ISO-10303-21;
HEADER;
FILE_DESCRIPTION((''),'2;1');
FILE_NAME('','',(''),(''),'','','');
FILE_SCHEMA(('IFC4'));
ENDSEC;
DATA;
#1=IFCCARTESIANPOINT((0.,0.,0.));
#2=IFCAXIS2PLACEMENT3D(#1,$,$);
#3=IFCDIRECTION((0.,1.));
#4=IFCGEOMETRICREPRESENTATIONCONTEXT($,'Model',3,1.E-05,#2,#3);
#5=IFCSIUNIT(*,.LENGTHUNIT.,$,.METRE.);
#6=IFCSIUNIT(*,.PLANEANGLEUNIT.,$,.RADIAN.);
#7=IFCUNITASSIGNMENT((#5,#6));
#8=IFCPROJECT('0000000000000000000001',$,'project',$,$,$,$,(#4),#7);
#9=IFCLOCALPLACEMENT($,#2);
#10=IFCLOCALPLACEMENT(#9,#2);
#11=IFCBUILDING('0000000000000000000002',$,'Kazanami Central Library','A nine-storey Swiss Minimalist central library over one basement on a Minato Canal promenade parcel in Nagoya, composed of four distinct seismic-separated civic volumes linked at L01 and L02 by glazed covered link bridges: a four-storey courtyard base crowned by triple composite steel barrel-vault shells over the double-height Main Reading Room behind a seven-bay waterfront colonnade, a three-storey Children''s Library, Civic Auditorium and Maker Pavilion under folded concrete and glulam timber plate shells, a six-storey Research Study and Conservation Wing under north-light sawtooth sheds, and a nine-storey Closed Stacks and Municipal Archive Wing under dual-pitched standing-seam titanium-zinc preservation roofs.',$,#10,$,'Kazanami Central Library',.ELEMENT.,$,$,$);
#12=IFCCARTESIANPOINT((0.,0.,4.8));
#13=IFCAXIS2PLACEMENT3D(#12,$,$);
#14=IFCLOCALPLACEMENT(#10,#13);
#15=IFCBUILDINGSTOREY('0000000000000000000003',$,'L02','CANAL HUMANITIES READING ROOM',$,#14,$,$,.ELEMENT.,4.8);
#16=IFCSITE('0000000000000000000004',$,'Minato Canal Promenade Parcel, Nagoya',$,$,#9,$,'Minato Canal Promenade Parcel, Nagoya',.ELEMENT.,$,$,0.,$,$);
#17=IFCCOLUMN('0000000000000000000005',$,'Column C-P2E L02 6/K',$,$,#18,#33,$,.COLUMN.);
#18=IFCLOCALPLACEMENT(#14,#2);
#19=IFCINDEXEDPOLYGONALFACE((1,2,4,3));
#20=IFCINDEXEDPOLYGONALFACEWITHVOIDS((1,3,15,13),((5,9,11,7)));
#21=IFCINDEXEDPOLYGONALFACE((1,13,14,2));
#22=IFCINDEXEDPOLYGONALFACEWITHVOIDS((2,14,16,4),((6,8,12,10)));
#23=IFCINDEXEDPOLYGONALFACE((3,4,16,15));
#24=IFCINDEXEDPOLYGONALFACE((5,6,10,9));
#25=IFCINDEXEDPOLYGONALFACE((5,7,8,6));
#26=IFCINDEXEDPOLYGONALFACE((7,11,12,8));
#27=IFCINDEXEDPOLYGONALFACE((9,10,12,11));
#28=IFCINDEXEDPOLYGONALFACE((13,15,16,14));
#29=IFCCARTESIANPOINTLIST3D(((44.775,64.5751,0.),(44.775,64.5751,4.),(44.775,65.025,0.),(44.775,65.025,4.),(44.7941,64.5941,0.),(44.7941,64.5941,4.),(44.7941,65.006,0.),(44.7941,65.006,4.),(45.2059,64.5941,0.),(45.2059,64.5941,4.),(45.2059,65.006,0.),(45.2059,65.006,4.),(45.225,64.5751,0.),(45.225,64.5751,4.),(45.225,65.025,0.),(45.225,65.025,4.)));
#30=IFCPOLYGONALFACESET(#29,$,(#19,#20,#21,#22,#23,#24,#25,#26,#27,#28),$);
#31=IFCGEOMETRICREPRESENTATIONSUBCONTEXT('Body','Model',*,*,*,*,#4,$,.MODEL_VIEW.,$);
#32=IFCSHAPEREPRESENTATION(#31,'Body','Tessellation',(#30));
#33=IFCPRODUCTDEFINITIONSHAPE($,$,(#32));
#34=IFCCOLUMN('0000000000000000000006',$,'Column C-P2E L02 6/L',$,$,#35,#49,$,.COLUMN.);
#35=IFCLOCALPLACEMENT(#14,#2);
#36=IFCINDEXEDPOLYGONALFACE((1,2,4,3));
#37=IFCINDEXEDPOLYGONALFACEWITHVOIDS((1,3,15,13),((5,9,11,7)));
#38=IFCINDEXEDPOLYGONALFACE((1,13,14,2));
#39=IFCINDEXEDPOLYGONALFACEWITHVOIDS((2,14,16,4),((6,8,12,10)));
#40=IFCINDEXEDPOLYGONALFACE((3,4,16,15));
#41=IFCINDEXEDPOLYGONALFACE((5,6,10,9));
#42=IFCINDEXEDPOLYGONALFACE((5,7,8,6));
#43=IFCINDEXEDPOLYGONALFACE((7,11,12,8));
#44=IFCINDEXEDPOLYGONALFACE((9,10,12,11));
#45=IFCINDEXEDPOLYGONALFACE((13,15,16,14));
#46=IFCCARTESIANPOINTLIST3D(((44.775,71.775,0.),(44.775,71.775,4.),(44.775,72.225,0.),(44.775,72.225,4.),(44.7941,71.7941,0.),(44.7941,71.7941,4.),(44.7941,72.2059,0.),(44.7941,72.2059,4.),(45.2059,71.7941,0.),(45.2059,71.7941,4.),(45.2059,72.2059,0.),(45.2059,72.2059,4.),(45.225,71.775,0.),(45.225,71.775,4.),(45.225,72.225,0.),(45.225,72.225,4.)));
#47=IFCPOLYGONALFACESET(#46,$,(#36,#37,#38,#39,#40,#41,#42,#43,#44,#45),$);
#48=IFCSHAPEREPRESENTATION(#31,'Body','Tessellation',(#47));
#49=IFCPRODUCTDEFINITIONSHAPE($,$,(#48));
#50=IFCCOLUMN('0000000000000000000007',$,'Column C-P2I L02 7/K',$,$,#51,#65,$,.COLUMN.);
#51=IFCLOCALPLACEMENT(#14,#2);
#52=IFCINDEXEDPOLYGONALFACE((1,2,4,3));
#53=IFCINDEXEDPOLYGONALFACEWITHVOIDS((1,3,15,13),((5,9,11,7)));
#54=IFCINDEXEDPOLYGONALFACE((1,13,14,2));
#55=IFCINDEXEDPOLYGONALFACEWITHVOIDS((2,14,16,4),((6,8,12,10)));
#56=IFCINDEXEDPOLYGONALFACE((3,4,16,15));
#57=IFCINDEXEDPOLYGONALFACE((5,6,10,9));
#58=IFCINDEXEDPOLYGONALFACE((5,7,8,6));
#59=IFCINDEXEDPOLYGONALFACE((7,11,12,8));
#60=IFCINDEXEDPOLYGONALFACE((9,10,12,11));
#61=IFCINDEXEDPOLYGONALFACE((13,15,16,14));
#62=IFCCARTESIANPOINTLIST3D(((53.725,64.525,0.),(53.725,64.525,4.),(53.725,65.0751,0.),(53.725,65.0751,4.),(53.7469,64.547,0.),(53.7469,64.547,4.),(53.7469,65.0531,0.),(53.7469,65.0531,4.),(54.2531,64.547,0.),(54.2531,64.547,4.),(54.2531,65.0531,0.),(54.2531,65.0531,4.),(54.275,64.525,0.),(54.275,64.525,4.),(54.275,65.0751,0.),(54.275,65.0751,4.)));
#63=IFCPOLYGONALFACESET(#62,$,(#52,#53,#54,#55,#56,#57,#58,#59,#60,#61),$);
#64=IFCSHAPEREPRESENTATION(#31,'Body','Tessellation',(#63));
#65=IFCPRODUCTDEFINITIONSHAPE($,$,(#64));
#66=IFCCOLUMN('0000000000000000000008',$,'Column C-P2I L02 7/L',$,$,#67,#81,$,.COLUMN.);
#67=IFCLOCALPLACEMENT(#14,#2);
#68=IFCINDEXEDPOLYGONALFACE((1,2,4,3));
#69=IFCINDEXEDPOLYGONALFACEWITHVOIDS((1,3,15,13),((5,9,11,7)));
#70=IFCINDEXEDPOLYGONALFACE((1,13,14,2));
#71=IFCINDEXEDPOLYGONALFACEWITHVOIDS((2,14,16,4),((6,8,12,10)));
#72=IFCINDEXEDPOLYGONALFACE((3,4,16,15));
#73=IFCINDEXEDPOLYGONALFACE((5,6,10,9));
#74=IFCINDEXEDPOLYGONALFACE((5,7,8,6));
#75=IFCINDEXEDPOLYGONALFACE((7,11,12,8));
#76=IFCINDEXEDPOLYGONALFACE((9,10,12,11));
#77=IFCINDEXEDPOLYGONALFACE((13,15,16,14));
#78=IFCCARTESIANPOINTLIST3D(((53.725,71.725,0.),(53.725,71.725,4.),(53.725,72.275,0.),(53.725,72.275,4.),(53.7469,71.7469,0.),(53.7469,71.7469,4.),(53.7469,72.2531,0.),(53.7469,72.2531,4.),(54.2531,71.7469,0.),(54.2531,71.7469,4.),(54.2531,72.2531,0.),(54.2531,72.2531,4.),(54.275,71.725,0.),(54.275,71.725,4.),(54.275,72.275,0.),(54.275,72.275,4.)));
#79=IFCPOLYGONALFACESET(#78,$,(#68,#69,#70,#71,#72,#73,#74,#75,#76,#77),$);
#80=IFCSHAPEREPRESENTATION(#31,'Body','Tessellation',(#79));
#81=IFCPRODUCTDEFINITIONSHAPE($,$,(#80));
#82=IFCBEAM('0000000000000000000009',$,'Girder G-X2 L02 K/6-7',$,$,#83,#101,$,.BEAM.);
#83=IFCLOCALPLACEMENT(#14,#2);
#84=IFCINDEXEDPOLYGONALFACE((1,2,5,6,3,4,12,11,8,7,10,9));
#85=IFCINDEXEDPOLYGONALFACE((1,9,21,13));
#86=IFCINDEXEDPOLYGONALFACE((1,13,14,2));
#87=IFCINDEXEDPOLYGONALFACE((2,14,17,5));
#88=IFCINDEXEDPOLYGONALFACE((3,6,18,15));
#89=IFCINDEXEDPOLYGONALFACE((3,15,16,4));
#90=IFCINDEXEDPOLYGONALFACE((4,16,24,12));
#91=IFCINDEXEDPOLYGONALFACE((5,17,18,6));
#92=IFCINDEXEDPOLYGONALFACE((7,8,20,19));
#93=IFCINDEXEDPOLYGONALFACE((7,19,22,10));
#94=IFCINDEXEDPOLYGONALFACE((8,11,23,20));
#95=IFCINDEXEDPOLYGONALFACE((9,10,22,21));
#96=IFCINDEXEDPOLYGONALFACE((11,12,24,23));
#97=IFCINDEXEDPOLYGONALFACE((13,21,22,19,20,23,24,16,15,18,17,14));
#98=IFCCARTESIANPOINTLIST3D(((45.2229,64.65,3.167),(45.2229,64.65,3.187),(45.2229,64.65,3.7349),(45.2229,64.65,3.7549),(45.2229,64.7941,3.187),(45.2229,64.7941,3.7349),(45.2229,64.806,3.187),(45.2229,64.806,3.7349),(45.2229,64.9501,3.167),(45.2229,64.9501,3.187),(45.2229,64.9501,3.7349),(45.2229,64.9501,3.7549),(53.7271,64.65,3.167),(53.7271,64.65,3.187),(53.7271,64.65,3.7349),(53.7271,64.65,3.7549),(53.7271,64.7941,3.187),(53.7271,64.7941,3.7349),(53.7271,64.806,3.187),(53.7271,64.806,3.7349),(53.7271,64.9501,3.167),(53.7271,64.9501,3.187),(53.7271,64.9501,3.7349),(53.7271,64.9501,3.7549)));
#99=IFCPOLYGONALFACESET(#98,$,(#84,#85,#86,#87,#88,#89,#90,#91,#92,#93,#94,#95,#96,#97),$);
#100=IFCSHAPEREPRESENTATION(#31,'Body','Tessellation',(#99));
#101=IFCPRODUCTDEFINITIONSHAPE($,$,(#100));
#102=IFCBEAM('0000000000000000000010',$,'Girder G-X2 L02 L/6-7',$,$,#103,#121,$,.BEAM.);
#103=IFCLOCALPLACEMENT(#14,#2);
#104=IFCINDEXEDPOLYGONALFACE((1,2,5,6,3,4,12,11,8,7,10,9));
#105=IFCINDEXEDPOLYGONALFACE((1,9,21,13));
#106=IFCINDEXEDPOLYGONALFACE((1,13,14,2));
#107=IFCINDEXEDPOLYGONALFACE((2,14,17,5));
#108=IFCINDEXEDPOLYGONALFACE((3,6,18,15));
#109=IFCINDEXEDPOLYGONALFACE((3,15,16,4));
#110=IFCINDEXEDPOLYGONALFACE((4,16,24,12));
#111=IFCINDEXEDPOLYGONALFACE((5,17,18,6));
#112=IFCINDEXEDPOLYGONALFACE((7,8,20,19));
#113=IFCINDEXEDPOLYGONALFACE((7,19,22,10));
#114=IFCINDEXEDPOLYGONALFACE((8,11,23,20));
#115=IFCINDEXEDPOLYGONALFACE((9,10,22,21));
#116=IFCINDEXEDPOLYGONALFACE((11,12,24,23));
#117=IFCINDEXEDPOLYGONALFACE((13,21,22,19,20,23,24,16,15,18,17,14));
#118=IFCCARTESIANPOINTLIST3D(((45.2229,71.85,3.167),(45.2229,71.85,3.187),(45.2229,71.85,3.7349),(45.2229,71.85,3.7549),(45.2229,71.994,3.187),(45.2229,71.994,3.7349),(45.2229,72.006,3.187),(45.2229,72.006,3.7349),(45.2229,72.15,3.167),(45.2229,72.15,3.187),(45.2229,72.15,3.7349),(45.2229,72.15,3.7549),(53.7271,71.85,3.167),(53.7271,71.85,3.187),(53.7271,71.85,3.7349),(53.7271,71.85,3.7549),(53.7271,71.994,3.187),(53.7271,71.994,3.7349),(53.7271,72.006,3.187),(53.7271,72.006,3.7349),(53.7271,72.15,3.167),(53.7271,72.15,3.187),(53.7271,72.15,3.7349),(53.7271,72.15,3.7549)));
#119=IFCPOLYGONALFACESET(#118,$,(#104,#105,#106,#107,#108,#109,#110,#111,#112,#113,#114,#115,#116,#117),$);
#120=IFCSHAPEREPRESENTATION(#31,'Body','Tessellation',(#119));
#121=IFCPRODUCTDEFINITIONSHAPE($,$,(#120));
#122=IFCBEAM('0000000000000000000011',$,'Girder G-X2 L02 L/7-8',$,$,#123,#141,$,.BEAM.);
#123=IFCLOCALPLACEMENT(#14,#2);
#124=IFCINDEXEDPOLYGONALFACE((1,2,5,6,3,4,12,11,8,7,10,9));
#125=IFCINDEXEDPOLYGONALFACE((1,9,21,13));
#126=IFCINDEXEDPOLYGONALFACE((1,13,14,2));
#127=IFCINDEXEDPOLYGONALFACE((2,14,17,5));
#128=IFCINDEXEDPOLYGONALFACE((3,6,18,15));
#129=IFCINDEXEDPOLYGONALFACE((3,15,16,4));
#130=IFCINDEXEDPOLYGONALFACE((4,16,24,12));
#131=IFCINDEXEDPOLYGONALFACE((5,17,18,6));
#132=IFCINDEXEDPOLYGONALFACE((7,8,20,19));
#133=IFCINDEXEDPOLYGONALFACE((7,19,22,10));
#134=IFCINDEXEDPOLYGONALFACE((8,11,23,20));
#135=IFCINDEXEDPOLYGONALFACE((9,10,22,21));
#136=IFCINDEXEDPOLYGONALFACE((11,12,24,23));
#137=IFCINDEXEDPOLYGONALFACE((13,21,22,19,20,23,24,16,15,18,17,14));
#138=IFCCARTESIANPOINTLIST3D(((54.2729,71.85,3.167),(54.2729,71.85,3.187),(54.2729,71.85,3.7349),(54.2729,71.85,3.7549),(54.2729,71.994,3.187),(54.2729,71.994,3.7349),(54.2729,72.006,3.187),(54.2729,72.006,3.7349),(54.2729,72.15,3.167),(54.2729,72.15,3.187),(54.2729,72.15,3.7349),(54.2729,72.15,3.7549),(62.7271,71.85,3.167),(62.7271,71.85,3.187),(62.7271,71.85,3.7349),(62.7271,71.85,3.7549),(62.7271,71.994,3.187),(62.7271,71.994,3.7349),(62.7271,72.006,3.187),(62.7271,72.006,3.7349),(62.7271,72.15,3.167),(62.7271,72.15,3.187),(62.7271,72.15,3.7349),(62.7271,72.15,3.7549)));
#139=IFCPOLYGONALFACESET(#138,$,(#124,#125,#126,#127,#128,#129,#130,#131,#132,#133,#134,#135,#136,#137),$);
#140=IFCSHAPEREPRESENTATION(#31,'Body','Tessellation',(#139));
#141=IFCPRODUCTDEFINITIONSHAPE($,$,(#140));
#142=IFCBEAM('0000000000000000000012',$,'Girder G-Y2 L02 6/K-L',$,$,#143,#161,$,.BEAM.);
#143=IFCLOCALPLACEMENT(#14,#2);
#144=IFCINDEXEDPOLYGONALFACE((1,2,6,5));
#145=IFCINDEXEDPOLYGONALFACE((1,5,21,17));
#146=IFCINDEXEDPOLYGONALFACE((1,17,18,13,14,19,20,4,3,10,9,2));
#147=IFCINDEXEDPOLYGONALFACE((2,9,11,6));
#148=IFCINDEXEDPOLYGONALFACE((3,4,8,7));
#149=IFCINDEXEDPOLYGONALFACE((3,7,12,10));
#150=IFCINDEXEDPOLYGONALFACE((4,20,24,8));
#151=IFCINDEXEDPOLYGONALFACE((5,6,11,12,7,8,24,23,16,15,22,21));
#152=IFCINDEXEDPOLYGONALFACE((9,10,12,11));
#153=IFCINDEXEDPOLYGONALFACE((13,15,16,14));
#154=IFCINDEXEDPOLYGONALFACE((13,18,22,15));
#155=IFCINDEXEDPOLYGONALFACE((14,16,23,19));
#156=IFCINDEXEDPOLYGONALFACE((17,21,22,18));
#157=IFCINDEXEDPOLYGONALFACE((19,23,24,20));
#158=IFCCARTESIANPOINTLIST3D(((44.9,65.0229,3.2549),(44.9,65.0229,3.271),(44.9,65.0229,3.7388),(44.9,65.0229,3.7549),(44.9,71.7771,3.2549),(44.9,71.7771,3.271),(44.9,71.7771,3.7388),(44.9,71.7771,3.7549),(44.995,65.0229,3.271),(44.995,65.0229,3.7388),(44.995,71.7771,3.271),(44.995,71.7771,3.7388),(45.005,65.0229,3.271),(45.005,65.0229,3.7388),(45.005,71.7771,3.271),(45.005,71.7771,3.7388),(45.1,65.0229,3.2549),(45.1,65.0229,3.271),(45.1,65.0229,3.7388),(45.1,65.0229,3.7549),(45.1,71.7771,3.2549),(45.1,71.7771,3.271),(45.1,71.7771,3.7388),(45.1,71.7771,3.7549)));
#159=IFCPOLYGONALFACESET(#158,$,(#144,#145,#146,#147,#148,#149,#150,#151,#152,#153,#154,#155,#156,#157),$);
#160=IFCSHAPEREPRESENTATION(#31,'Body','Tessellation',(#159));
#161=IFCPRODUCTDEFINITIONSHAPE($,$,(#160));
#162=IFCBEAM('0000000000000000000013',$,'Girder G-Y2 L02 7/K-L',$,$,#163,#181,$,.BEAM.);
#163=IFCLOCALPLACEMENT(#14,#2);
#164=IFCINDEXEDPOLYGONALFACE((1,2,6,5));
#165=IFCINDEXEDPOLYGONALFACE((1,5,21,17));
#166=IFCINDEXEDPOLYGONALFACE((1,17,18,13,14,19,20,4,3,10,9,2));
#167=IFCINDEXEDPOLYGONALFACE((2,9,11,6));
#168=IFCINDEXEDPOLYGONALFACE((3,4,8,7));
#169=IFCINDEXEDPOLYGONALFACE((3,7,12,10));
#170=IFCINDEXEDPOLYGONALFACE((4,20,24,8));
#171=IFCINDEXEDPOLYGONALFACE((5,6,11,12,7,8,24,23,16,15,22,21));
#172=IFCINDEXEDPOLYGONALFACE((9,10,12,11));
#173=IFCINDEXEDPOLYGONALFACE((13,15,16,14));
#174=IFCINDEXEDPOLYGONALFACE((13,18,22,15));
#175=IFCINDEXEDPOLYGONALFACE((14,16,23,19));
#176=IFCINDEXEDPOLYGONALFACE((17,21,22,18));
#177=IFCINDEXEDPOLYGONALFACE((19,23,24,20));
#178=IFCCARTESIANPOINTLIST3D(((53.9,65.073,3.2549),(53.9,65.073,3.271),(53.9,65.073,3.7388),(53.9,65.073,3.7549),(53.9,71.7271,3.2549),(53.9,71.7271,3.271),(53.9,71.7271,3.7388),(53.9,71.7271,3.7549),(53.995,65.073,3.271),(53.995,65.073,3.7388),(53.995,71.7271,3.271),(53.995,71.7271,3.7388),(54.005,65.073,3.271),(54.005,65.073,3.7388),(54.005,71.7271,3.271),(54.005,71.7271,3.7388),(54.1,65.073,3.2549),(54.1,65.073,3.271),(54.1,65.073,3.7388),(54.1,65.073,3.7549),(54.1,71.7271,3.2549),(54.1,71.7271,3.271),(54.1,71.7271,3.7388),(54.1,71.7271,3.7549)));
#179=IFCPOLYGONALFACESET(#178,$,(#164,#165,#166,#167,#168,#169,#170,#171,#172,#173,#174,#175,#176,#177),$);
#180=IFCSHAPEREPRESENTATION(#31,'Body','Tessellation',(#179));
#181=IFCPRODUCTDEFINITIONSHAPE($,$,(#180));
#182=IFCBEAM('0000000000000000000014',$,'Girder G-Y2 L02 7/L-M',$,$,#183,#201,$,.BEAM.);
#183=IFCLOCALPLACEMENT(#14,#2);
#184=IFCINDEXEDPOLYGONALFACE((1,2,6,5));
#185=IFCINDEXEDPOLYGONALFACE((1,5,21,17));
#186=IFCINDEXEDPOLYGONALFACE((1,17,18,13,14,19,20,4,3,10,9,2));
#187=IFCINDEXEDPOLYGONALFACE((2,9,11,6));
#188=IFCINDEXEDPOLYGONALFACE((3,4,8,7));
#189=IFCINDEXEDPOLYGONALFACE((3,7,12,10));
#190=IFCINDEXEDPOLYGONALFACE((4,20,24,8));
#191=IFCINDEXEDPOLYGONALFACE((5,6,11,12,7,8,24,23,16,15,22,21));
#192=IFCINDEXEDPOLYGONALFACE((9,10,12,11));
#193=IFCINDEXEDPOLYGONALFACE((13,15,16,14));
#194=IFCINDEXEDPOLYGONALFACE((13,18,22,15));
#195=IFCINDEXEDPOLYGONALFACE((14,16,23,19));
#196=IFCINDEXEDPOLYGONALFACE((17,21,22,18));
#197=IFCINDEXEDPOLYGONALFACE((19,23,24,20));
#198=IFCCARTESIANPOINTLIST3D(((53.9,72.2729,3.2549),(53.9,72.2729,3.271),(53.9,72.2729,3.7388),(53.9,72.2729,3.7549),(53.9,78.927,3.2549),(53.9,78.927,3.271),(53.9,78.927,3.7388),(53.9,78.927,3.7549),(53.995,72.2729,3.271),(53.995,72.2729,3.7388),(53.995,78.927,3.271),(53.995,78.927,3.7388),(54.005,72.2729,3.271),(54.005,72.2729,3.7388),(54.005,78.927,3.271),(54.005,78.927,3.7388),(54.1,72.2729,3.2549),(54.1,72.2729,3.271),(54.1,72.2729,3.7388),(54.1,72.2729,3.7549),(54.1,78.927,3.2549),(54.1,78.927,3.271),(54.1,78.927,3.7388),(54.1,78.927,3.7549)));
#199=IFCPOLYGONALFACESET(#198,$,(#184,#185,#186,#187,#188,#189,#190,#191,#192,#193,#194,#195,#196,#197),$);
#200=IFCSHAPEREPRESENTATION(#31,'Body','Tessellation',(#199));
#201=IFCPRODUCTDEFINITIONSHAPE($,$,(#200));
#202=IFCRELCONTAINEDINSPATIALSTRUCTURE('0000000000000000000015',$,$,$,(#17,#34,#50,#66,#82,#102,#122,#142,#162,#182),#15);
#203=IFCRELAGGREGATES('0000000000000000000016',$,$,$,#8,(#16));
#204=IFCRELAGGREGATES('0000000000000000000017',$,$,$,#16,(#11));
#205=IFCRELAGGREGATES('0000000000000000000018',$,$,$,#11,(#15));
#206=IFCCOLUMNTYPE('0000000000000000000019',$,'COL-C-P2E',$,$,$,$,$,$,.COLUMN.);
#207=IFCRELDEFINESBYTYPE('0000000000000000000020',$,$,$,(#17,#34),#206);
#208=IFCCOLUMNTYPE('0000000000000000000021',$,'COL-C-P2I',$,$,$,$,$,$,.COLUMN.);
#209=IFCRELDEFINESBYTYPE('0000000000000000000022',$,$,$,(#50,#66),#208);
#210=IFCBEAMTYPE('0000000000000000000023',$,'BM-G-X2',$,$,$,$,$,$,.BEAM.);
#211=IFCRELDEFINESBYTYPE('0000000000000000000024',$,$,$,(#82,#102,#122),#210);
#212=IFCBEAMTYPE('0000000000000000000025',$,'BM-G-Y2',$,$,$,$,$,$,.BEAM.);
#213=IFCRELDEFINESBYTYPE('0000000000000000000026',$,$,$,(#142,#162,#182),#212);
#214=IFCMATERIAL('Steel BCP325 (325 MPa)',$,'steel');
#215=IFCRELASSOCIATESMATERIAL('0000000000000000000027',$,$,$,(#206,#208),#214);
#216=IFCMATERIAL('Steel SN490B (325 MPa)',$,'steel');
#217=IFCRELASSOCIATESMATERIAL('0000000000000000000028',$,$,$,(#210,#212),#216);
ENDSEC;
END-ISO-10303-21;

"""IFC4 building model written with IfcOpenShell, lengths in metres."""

from ifc_helpers import new_model, si_unit, direction, frame, origin, origin_2d, place, context, subcontext, project, spatial, hollow_rectangle, i_section, extrude, material, material_profile, profile_set, type_object, element, save


model = new_model("IFC4")

# Units and contexts
model_context = context("Model", 3, precision=1e-05, world=origin(), true_north=direction((0.0, 1.0)))
body_context = subcontext(model_context, "Body", "Model", "MODEL_VIEW")
ifc_project = project(units=[si_unit("LENGTHUNIT", "METRE"), si_unit("PLANEANGLEUNIT", "RADIAN")], contexts=[model_context])

# Site, building, storey
site_placement = place(None, origin())
site = spatial("IfcSite", under=ifc_project, at=site_placement, Name="Minato Canal Promenade Parcel, Nagoya", LongName="Minato Canal Promenade Parcel, Nagoya", CompositionType="ELEMENT", RefElevation=0.0)
building_placement = place(site_placement, origin())
building = spatial("IfcBuilding", under=site, at=building_placement, Name="Kazanami Central Library", Description="A nine-storey Swiss Minimalist central library over one basement on a Minato Canal promenade parcel in Nagoya, composed of four distinct seismic-separated civic volumes linked at L01 and L02 by glazed covered link bridges: a four-storey courtyard base crowned by triple composite steel barrel-vault shells over the double-height Main Reading Room behind a seven-bay waterfront colonnade, a three-storey Children's Library, Civic Auditorium and Maker Pavilion under folded concrete and glulam timber plate shells, a six-storey Research Study and Conservation Wing under north-light sawtooth sheds, and a nine-storey Closed Stacks and Municipal Archive Wing under dual-pitched standing-seam titanium-zinc preservation roofs.", LongName="Kazanami Central Library", CompositionType="ELEMENT")
storey_placement = place(building_placement, frame((0.0, 0.0, 4.8)))
storey = spatial("IfcBuildingStorey", under=building, at=storey_placement, Name="L02", Description="CANAL HUMANITIES READING ROOM", CompositionType="ELEMENT", Elevation=4.8)

# Columns
ifc_material_1 = material(Name="Steel BCP325 (325 MPa)", Category="steel")
ifc_material_profile_1 = material_profile(ifc_material_1, hollow_rectangle(XDim=0.45, YDim=0.45, WallThickness=0.019, at=origin_2d()), Name="BCP-450x450x19")
ifc_profile_set_1 = profile_set([ifc_material_profile_1], Name="Steel BCP325 (325 MPa)")
column_type_1 = type_object("IfcColumnType", Name="COL-C-P2E", PredefinedType="COLUMN", material=ifc_profile_set_1)
for number, where, z_axis, x_axis, name in (
    (1, (45.0, 64.8, 0.0), (0.0, 0.0, 1.0), (1.0, 0.0, 0.0), "Column C-P2E L02 6/K"),
    (2, (45.0, 72.0, 0.0), (0.0, 0.0, 1.0), (1.0, 0.0, 0.0), "Column C-P2E L02 6/L"),
):
    element("IfcColumn", number, at=place(storey_placement, frame(where, z_axis=z_axis, x_axis=x_axis)), inside=storey, type_object=column_type_1, Name=name, PredefinedType="COLUMN", context=body_context, shape_type="SweptSolid", body=[
        extrude(hollow_rectangle(XDim=0.45, YDim=0.45, WallThickness=0.019, at=origin_2d()), origin(), (0.0, 0.0, 1.0), 4.0),
    ])
ifc_material_profile_2 = material_profile(ifc_material_1, hollow_rectangle(XDim=0.55, YDim=0.55, WallThickness=0.022, at=origin_2d()), Name="BCP-550x550x22")
ifc_profile_set_2 = profile_set([ifc_material_profile_2], Name="Steel BCP325 (325 MPa)")
column_type_2 = type_object("IfcColumnType", Name="COL-C-P2I", PredefinedType="COLUMN", material=ifc_profile_set_2)
for number, where, z_axis, x_axis, name in (
    (3, (54.0, 64.8, 0.0), (0.0, 0.0, 1.0), (1.0, 0.0, 0.0), "Column C-P2I L02 7/K"),
    (4, (54.0, 72.0, 0.0), (0.0, 0.0, 1.0), (1.0, 0.0, 0.0), "Column C-P2I L02 7/L"),
):
    element("IfcColumn", number, at=place(storey_placement, frame(where, z_axis=z_axis, x_axis=x_axis)), inside=storey, type_object=column_type_2, Name=name, PredefinedType="COLUMN", context=body_context, shape_type="SweptSolid", body=[
        extrude(hollow_rectangle(XDim=0.55, YDim=0.55, WallThickness=0.022, at=origin_2d()), origin(), (0.0, 0.0, 1.0), 4.0),
    ])

# Beams
ifc_material_2 = material(Name="Steel SN490B (325 MPa)", Category="steel")
ifc_material_profile_3 = material_profile(ifc_material_2, i_section(OverallWidth=0.3, OverallDepth=0.5879, WebThickness=0.012, FlangeThickness=0.02, at=origin_2d()), Name="H-588x300x12x20")
ifc_profile_set_3 = profile_set([ifc_material_profile_3], Name="Steel SN490B (325 MPa)")
beam_type_1 = type_object("IfcBeamType", Name="BM-G-X2", PredefinedType="BEAM", material=ifc_profile_set_3)
for number, where, z_axis, x_axis, name in (
    (5, (45.2229, 64.8, 3.4609), (1.0, 0.0, 0.0), (0.0, 1.0, 0.0), "Girder G-X2 L02 K/6-7"),
    (6, (45.2229, 72.0, 3.4609), (1.0, 0.0, 0.0), (0.0, 1.0, 0.0), "Girder G-X2 L02 L/6-7"),
):
    element("IfcBeam", number, at=place(storey_placement, frame(where, z_axis=z_axis, x_axis=x_axis)), inside=storey, type_object=beam_type_1, Name=name, PredefinedType="BEAM", context=body_context, shape_type="SweptSolid", body=[
        extrude(i_section(OverallWidth=0.3, OverallDepth=0.5879, WebThickness=0.012, FlangeThickness=0.02, at=origin_2d()), origin(), (0.0, 0.0, 1.0), 8.5042),
    ])
beam_1_placement = place(storey_placement, frame((54.2729, 72.0, 3.4609), z_axis=(1.0, 0.0, 0.0), x_axis=(0.0, 1.0, 0.0)))
element("IfcBeam", 7, at=beam_1_placement, inside=storey, type_object=beam_type_1, Name="Girder G-X2 L02 L/7-8", PredefinedType="BEAM", context=body_context, shape_type="SweptSolid", body=[
    extrude(i_section(OverallWidth=0.3, OverallDepth=0.5879, WebThickness=0.012, FlangeThickness=0.02, at=origin_2d()), origin(), (0.0, 0.0, 1.0), 8.4541),
])
ifc_material_profile_4 = material_profile(ifc_material_2, i_section(OverallWidth=0.2, OverallDepth=0.5, WebThickness=0.01, FlangeThickness=0.0161, at=origin_2d()), Name="H-500x200x10x16")
ifc_profile_set_4 = profile_set([ifc_material_profile_4], Name="Steel SN490B (325 MPa)")
beam_type_2 = type_object("IfcBeamType", Name="BM-G-Y2", PredefinedType="BEAM", material=ifc_profile_set_4)
beam_2_placement = place(storey_placement, frame((45.0, 65.0229, 3.5049), z_axis=(0.0, 1.0, 0.0), x_axis=(-1.0, 0.0, 0.0)))
element("IfcBeam", 8, at=beam_2_placement, inside=storey, type_object=beam_type_2, Name="Girder G-Y2 L02 6/K-L", PredefinedType="BEAM", context=body_context, shape_type="SweptSolid", body=[
    extrude(i_section(OverallWidth=0.2, OverallDepth=0.5, WebThickness=0.01, FlangeThickness=0.0161, at=origin_2d()), origin(), (0.0, 0.0, 1.0), 6.7542),
])
for number, where, z_axis, x_axis, name in (
    (9, (54.0, 65.073, 3.5049), (0.0, 1.0, 0.0), (-1.0, 0.0, 0.0), "Girder G-Y2 L02 7/K-L"),
    (10, (54.0, 72.2729, 3.5049), (0.0, 1.0, 0.0), (-1.0, 0.0, 0.0), "Girder G-Y2 L02 7/L-M"),
):
    element("IfcBeam", number, at=place(storey_placement, frame(where, z_axis=z_axis, x_axis=x_axis)), inside=storey, type_object=beam_type_2, Name=name, PredefinedType="BEAM", context=body_context, shape_type="SweptSolid", body=[
        extrude(i_section(OverallWidth=0.2, OverallDepth=0.5, WebThickness=0.01, FlangeThickness=0.0161, at=origin_2d()), origin(), (0.0, 0.0, 1.0), 6.6541),
    ])

save(model, "model.ifc")
